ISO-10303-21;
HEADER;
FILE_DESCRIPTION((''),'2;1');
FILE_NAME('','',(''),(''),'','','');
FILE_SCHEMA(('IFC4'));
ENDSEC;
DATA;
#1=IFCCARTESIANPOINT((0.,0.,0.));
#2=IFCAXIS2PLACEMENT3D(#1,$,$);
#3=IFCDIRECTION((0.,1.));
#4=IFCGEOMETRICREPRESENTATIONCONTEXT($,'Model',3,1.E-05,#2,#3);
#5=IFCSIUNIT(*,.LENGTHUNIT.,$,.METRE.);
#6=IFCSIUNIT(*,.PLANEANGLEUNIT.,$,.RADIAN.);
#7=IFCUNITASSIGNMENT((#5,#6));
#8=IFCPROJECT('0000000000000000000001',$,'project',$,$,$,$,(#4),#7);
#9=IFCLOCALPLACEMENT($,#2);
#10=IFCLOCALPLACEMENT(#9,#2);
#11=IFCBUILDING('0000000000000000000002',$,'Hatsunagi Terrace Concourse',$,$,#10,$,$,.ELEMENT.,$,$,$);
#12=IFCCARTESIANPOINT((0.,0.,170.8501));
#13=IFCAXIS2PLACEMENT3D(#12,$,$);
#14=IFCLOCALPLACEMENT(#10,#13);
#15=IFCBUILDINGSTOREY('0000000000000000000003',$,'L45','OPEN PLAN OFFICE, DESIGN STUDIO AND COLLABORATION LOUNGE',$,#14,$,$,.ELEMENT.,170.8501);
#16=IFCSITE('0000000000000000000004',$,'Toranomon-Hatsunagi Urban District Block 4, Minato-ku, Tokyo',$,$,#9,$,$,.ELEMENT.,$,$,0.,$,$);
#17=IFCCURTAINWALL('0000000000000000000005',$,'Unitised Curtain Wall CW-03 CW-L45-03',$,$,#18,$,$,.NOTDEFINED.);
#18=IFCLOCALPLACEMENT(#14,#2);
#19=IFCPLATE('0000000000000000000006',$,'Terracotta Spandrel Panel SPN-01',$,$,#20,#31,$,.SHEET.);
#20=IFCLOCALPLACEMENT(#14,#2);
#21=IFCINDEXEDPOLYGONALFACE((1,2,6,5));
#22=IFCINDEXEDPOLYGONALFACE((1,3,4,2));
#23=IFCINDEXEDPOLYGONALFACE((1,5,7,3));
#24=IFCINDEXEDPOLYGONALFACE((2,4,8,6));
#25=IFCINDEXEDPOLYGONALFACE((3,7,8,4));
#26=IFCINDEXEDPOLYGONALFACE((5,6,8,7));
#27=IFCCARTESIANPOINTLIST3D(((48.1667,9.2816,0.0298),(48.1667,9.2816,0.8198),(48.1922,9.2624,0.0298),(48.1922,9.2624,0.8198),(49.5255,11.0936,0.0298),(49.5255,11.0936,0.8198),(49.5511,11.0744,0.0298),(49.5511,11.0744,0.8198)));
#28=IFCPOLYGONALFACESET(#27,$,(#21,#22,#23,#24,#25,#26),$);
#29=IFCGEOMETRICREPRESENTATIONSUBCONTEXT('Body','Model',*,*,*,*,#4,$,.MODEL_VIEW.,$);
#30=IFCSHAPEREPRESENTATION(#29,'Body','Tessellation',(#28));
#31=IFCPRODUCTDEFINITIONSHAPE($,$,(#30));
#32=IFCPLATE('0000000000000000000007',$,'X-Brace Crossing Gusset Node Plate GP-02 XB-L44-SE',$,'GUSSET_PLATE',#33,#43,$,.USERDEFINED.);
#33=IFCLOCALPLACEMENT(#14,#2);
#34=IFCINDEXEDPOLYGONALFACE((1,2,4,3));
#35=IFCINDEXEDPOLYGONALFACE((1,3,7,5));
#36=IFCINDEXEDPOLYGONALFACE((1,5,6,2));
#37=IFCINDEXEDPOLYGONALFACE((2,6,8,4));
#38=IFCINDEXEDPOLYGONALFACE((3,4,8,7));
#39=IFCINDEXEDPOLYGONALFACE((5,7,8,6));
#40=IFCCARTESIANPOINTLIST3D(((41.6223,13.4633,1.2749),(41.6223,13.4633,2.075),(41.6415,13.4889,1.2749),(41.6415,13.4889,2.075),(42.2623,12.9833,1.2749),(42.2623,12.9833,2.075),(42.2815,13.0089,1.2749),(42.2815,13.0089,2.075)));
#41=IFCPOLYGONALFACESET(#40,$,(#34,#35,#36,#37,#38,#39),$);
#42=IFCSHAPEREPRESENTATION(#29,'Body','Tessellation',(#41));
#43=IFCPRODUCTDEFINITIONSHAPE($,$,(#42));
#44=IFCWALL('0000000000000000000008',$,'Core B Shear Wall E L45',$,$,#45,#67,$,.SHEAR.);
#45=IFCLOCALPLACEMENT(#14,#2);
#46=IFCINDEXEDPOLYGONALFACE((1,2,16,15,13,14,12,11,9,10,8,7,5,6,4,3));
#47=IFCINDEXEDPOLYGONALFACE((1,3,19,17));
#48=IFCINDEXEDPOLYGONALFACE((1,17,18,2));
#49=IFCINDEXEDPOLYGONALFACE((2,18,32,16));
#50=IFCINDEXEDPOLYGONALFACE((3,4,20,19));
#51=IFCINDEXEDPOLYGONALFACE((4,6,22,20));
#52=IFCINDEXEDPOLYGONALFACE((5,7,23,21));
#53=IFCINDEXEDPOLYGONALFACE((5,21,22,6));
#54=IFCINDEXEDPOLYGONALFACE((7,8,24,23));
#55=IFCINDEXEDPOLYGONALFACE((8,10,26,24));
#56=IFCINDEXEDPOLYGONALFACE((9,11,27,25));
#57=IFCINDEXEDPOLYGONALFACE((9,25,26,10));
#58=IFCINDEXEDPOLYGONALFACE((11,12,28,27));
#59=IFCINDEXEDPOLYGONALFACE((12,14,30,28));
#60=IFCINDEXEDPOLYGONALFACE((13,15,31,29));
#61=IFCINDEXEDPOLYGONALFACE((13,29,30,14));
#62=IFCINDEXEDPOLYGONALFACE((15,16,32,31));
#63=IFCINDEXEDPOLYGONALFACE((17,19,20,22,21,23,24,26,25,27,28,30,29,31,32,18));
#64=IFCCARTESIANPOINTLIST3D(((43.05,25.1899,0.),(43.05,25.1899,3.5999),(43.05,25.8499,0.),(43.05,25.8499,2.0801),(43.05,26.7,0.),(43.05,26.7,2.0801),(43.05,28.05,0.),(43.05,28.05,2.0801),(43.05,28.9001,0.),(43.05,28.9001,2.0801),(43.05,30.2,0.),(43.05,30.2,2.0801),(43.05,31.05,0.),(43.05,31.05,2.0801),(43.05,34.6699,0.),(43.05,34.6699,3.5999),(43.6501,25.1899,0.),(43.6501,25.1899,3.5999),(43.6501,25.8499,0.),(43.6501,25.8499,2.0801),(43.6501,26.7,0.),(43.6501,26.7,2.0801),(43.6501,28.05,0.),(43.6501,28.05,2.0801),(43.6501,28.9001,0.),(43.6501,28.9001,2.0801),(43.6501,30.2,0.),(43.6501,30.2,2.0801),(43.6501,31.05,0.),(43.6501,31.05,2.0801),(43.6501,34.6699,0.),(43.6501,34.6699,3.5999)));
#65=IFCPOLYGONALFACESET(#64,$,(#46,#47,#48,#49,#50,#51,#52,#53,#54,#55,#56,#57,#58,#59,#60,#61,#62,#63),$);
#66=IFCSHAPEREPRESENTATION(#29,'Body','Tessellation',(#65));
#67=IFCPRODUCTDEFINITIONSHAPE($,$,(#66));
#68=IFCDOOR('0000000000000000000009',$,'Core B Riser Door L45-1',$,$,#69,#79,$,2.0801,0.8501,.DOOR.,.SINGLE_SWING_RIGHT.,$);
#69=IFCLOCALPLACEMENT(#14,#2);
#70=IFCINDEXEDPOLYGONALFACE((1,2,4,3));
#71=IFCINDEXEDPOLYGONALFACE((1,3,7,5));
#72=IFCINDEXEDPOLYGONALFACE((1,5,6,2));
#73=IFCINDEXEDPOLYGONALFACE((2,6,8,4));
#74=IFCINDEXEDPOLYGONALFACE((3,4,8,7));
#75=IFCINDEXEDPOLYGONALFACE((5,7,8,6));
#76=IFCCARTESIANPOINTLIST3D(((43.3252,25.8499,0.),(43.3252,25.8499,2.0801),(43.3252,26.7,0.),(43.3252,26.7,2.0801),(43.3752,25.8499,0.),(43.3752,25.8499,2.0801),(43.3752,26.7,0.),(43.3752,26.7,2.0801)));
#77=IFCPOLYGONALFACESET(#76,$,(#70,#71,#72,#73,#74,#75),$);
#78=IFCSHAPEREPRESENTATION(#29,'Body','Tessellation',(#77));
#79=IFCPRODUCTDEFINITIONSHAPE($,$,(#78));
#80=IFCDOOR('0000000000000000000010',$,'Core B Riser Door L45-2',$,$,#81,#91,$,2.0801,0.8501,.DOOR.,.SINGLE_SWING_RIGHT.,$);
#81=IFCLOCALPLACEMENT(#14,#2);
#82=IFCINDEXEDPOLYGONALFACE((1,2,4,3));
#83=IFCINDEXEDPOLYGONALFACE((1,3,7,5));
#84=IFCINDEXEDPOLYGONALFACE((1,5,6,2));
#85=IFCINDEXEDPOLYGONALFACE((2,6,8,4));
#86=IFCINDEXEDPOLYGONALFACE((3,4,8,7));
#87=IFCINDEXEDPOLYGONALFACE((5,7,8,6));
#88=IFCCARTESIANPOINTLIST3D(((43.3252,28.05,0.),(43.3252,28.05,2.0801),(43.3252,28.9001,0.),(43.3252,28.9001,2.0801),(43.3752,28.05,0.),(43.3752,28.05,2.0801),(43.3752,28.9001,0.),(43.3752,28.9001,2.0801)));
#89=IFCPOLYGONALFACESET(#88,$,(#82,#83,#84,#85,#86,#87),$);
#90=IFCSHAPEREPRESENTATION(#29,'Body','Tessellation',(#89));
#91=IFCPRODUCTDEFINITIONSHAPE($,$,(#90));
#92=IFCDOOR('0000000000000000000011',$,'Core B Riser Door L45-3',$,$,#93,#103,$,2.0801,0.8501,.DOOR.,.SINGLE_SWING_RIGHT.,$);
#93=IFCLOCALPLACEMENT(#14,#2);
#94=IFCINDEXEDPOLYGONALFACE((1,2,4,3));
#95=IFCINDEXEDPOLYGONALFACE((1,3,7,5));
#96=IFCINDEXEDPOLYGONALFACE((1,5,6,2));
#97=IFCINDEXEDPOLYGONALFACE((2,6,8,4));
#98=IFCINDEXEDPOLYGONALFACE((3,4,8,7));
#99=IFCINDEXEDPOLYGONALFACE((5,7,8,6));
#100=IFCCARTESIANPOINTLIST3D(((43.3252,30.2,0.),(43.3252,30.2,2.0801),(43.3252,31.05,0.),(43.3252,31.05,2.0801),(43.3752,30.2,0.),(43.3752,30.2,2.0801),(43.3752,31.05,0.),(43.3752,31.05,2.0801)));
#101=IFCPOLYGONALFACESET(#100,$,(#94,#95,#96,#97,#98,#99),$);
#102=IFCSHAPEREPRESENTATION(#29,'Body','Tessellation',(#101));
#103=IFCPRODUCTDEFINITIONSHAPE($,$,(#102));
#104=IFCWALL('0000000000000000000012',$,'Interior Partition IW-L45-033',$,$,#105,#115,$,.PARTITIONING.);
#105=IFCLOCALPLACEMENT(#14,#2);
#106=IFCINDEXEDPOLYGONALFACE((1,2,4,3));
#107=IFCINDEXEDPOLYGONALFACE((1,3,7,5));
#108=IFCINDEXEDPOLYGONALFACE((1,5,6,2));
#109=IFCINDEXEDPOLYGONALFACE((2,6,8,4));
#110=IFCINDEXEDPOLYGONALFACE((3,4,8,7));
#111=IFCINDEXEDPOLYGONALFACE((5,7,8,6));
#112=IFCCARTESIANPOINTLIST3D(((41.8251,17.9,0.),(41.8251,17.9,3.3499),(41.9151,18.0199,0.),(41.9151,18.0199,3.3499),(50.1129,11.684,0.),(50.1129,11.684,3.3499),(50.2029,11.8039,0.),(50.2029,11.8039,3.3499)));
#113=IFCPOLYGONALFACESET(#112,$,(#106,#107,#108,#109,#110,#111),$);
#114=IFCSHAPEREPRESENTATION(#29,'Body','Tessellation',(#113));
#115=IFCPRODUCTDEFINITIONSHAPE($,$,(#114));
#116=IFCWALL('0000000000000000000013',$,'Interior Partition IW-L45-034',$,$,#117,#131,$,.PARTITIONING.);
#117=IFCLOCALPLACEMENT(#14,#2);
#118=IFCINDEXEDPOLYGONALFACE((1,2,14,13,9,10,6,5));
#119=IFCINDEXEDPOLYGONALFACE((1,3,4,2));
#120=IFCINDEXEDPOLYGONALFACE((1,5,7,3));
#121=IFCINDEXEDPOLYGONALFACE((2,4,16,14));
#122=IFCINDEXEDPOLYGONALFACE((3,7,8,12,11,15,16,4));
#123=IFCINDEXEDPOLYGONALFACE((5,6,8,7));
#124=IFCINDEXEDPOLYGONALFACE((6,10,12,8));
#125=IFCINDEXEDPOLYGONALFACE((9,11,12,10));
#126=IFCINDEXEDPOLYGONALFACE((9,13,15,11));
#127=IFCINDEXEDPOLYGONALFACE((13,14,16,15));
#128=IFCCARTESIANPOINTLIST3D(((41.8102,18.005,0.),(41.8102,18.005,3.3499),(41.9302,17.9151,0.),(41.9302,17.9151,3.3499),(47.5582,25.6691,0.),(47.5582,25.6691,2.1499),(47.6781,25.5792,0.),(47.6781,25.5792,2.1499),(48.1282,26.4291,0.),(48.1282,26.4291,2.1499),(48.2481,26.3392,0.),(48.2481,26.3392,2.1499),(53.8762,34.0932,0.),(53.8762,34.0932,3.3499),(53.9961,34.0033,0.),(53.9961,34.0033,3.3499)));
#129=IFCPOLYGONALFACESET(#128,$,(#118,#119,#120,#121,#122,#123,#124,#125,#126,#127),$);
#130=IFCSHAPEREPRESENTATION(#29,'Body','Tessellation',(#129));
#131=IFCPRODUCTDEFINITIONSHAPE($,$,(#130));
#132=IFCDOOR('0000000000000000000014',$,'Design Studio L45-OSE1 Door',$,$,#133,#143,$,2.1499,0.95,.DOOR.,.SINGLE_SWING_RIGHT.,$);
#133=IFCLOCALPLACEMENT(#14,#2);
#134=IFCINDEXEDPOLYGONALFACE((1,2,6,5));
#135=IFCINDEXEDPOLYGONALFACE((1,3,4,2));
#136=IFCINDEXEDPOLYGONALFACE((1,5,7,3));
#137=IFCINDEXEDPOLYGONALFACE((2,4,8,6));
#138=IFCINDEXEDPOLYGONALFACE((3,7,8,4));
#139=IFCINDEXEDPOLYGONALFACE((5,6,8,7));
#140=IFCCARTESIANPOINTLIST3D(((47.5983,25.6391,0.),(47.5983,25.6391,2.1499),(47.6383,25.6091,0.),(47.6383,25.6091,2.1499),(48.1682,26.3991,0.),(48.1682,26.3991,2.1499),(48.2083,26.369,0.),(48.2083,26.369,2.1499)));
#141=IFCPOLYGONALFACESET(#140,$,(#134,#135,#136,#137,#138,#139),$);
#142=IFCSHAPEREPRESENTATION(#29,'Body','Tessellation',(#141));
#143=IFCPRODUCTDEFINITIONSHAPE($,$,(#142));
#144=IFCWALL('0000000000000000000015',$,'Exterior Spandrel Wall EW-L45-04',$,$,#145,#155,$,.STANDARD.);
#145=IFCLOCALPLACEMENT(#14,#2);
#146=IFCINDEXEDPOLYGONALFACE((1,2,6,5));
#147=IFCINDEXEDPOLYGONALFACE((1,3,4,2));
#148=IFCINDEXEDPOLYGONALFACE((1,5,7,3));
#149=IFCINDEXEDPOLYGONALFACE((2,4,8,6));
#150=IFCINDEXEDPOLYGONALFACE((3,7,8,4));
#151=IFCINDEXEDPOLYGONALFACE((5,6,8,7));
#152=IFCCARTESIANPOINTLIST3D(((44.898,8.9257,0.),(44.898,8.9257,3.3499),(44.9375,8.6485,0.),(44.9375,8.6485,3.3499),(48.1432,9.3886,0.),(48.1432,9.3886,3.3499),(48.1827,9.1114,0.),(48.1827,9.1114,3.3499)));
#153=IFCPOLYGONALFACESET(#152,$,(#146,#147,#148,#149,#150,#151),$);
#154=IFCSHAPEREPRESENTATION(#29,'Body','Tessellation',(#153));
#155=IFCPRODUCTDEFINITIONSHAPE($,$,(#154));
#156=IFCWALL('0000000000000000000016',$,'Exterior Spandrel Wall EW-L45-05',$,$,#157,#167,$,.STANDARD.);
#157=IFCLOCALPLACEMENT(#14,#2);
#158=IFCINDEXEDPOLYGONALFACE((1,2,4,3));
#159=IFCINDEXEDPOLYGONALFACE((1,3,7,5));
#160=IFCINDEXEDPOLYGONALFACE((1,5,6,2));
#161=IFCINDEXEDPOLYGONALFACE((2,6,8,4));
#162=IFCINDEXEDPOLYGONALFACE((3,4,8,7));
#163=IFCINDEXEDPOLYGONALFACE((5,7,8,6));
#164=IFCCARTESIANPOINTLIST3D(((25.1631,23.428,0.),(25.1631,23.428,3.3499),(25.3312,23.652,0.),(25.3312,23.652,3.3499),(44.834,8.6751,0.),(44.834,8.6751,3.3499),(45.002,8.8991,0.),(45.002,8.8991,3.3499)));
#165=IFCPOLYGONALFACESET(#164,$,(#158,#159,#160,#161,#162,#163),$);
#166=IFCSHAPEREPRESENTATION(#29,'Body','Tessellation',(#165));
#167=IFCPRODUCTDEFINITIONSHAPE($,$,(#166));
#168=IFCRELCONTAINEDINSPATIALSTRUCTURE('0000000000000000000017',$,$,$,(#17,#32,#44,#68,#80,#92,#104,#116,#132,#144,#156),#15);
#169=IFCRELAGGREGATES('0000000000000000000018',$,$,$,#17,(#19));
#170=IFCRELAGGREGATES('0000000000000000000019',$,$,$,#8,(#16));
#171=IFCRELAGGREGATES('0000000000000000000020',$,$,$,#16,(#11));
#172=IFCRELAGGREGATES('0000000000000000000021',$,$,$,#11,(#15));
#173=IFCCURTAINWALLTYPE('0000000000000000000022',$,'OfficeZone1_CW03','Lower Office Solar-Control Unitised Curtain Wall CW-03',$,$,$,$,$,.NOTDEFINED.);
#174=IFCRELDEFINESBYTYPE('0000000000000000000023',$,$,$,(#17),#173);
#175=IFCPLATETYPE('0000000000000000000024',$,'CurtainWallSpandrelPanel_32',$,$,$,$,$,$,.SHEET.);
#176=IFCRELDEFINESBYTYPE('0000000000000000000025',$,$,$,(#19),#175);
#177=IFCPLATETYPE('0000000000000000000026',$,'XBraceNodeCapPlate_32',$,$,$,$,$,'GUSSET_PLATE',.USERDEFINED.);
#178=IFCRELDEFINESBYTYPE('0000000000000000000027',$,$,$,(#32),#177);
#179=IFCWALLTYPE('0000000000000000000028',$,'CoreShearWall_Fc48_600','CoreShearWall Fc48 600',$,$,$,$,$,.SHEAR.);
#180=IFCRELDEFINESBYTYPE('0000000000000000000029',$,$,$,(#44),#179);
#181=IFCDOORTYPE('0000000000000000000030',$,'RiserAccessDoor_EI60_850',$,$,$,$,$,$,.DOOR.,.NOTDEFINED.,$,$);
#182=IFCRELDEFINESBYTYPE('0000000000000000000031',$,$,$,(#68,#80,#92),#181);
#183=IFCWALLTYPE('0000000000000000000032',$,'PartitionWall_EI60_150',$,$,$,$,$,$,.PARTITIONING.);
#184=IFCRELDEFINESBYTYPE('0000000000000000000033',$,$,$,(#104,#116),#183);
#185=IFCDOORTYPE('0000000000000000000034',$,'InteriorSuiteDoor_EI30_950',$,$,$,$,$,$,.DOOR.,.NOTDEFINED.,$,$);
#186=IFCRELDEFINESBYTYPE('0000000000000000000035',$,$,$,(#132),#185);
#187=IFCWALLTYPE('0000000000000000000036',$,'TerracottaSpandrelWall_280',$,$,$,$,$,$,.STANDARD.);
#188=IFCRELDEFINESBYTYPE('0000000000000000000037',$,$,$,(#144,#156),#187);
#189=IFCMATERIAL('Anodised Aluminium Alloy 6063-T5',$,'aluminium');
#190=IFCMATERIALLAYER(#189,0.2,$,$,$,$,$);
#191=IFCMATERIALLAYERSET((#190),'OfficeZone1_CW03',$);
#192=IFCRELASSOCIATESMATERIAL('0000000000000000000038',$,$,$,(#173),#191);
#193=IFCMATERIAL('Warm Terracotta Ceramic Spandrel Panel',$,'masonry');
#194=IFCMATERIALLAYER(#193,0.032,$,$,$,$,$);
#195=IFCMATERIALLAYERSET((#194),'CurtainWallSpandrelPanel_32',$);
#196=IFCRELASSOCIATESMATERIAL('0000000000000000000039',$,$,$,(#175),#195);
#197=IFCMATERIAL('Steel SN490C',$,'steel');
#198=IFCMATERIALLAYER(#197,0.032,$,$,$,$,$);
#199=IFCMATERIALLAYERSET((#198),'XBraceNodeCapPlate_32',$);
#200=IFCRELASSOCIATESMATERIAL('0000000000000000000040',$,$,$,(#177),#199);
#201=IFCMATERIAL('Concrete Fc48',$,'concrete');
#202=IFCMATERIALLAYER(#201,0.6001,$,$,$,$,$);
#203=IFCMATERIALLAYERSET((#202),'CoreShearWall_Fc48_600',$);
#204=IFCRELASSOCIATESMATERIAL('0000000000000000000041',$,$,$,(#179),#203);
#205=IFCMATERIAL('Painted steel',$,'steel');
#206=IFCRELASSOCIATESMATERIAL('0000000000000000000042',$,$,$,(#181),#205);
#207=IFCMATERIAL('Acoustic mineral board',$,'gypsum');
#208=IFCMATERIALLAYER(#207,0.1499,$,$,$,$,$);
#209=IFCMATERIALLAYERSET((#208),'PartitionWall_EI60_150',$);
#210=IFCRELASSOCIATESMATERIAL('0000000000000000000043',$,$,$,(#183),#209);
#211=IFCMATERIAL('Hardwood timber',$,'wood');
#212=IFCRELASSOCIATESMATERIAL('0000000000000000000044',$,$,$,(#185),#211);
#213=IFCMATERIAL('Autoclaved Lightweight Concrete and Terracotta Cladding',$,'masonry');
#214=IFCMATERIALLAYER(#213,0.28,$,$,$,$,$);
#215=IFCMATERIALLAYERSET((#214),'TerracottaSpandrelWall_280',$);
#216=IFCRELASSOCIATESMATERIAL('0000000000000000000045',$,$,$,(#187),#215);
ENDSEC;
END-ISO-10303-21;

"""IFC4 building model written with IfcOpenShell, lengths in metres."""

from ifc_helpers import new_model, si_unit, direction, frame, frame_2d, origin, origin_2d, place, context, subcontext, project, spatial, rectangle, extrude, material, layer, layer_set, type_object, element, fill, aggregate, save


model = new_model("IFC4")

# Units and contexts
model_context = context("Model", 3, precision=1e-05, world=origin(), true_north=direction((0.0, 1.0)))
body_context = subcontext(model_context, "Body", "Model", "MODEL_VIEW")
ifc_project = project(units=[si_unit("LENGTHUNIT", "METRE"), si_unit("PLANEANGLEUNIT", "RADIAN")], contexts=[model_context])

# Site, building, storey
site_placement = place(None, origin())
site = spatial("IfcSite", under=ifc_project, at=site_placement, Name="Toranomon-Hatsunagi Urban District Block 4, Minato-ku, Tokyo", CompositionType="ELEMENT", RefElevation=0.0)
building_placement = place(site_placement, origin())
building = spatial("IfcBuilding", under=site, at=building_placement, Name="Hatsunagi Terrace Concourse", CompositionType="ELEMENT")
storey_placement = place(building_placement, frame((0.0, 0.0, 170.8501)))
storey = spatial("IfcBuildingStorey", under=building, at=storey_placement, Name="L45", Description="OPEN PLAN OFFICE, DESIGN STUDIO AND COLLABORATION LOUNGE", CompositionType="ELEMENT", Elevation=170.8501)

# Curtain wall
ifc_material_1 = material(Name="Anodised Aluminium Alloy 6063-T5", Category="aluminium")
ifc_layer_1 = layer(ifc_material_1, 0.2)
ifc_layer_set_1 = layer_set([ifc_layer_1], Name="OfficeZone1_CW03")
curtain_wall_type = type_object("IfcCurtainWallType", Name="OfficeZone1_CW03", Description="Lower Office Solar-Control Unitised Curtain Wall CW-03", PredefinedType="NOTDEFINED", material=ifc_layer_set_1)
curtain_wall_placement = place(storey_placement, origin())
curtain_wall = element("IfcCurtainWall", 1, at=curtain_wall_placement, inside=storey, type_object=curtain_wall_type, Name="Unitised Curtain Wall CW-03 CW-L45-03", PredefinedType="NOTDEFINED")

# Plates
ifc_material_2 = material(Name="Warm Terracotta Ceramic Spandrel Panel", Category="masonry")
ifc_layer_2 = layer(ifc_material_2, 0.032)
ifc_layer_set_2 = layer_set([ifc_layer_2], Name="CurtainWallSpandrelPanel_32")
plate_type_1 = type_object("IfcPlateType", Name="CurtainWallSpandrelPanel_32", PredefinedType="SHEET", material=ifc_layer_set_2)
plate_1_placement = place(storey_placement, frame((48.8589, 10.178, 0.0298), z_axis=(0.0, 0.0, 1.0), x_axis=(-0.599969, -0.800023, 0.0)))
plate_1 = element("IfcPlate", 2, at=plate_1_placement, type_object=plate_type_1, Name="Terracotta Spandrel Panel SPN-01", PredefinedType="SHEET", context=body_context, shape_type="SweptSolid", body=[
    extrude(rectangle(XDim=2.2649, YDim=0.032, at=origin_2d()), origin(), (0.0, 0.0, 1.0), 0.79),
])
aggregate(curtain_wall, [plate_1])
ifc_material_3 = material(Name="Steel SN490C", Category="steel")
ifc_layer_3 = layer(ifc_material_3, 0.032)
ifc_layer_set_3 = layer_set([ifc_layer_3], Name="XBraceNodeCapPlate_32")
plate_type_2 = type_object("IfcPlateType", Name="XBraceNodeCapPlate_32", ElementType="GUSSET_PLATE", PredefinedType="USERDEFINED", material=ifc_layer_set_3)
plate_2_placement = place(storey_placement, frame((41.9519, 13.2361, 1.2749), z_axis=(0.0, 0.0, 1.0), x_axis=(0.8, -0.6, 0.0)))
element("IfcPlate", 3, at=plate_2_placement, inside=storey, type_object=plate_type_2, Name="X-Brace Crossing Gusset Node Plate GP-02 XB-L44-SE", ObjectType="GUSSET_PLATE", PredefinedType="USERDEFINED", context=body_context, shape_type="SweptSolid", body=[
    extrude(rectangle(XDim=0.8, YDim=0.032, at=origin_2d()), origin(), (0.0, 0.0, 1.0), 0.8),
])

# Wall, openings, doors
ifc_material_4 = material(Name="Concrete Fc48", Category="concrete")
ifc_layer_4 = layer(ifc_material_4, 0.6001)
ifc_layer_set_4 = layer_set([ifc_layer_4], Name="CoreShearWall_Fc48_600")
wall_type_1 = type_object("IfcWallType", Name="CoreShearWall_Fc48_600", Description="CoreShearWall Fc48 600", PredefinedType="SHEAR", material=ifc_layer_set_4)
wall_1_placement = place(storey_placement, frame((43.3501, 25.1899, 0.0), z_axis=(0.0, 0.0, 1.0), x_axis=(0.0, 1.0, 0.0)))
wall_1 = element("IfcWall", 4, at=wall_1_placement, inside=storey, type_object=wall_type_1, Name="Core B Shear Wall E L45", PredefinedType="SHEAR", context=body_context, shape_type="SweptSolid", body=[
    extrude(rectangle(XDim=9.48, YDim=0.6001, at=frame_2d((4.74, 0.0))), origin(), (0.0, 0.0, 1.0), 3.5999),
])
opening_1_placement = place(wall_1_placement, frame((0.6599, 0.0, 0.0)))
opening_1 = element("IfcOpeningElement", 5, at=opening_1_placement, cuts=wall_1, PredefinedType="OPENING", context=body_context, shape_type="SweptSolid", body=[
    extrude(rectangle(XDim=0.8501, YDim=2.0801, at=frame_2d((0.425, 1.04))), frame((0.0, 0.3101, 0.0), z_axis=(0.0, -1.0, 0.0), x_axis=(1.0, 0.0, 0.0)), (0.0, 0.0, 1.0), 0.6201),
])
opening_2_placement = place(wall_1_placement, frame((2.8601, 0.0, 0.0)))
opening_2 = element("IfcOpeningElement", 6, at=opening_2_placement, cuts=wall_1, PredefinedType="OPENING", context=body_context, shape_type="SweptSolid", body=[
    extrude(rectangle(XDim=0.8501, YDim=2.0801, at=frame_2d((0.425, 1.04))), frame((0.0, 0.3101, 0.0), z_axis=(0.0, -1.0, 0.0), x_axis=(1.0, 0.0, 0.0)), (0.0, 0.0, 1.0), 0.6201),
])
opening_3_placement = place(wall_1_placement, frame((5.01, 0.0, 0.0)))
opening_3 = element("IfcOpeningElement", 7, at=opening_3_placement, cuts=wall_1, PredefinedType="OPENING", context=body_context, shape_type="SweptSolid", body=[
    extrude(rectangle(XDim=0.8501, YDim=2.0801, at=frame_2d((0.425, 1.04))), frame((0.0, 0.3101, 0.0), z_axis=(0.0, -1.0, 0.0), x_axis=(1.0, 0.0, 0.0)), (0.0, 0.0, 1.0), 0.6201),
])
ifc_material_5 = material(Name="Painted steel", Category="steel")
door_type_1 = type_object("IfcDoorType", Name="RiserAccessDoor_EI60_850", OperationType="NOTDEFINED", PredefinedType="DOOR", material=ifc_material_5)
door_1_placement = place(opening_1_placement, origin())
door_1 = element("IfcDoor", 8, at=door_1_placement, inside=storey, type_object=door_type_1, Name="Core B Riser Door L45-1", OperationType="SINGLE_SWING_RIGHT", OverallHeight=2.0801, OverallWidth=0.8501, PredefinedType="DOOR", context=body_context, shape_type="SweptSolid", body=[
    extrude(rectangle(XDim=0.8501, YDim=2.0801, at=frame_2d((0.425, 1.04))), frame((0.0, 0.0249, 0.0), z_axis=(0.0, -1.0, 0.0), x_axis=(1.0, 0.0, 0.0)), (0.0, 0.0, 1.0), 0.05),
])
fill(opening_1, door_1)
door_2_placement = place(opening_2_placement, origin())
door_2 = element("IfcDoor", 9, at=door_2_placement, inside=storey, type_object=door_type_1, Name="Core B Riser Door L45-2", OperationType="SINGLE_SWING_RIGHT", OverallHeight=2.0801, OverallWidth=0.8501, PredefinedType="DOOR", context=body_context, shape_type="SweptSolid", body=[
    extrude(rectangle(XDim=0.8501, YDim=2.0801, at=frame_2d((0.425, 1.04))), frame((0.0, 0.0249, 0.0), z_axis=(0.0, -1.0, 0.0), x_axis=(1.0, 0.0, 0.0)), (0.0, 0.0, 1.0), 0.05),
])
fill(opening_2, door_2)
door_3_placement = place(opening_3_placement, origin())
door_3 = element("IfcDoor", 10, at=door_3_placement, inside=storey, type_object=door_type_1, Name="Core B Riser Door L45-3", OperationType="SINGLE_SWING_RIGHT", OverallHeight=2.0801, OverallWidth=0.8501, PredefinedType="DOOR", context=body_context, shape_type="SweptSolid", body=[
    extrude(rectangle(XDim=0.8501, YDim=2.0801, at=frame_2d((0.425, 1.04))), frame((0.0, 0.0249, 0.0), z_axis=(0.0, -1.0, 0.0), x_axis=(1.0, 0.0, 0.0)), (0.0, 0.0, 1.0), 0.05),
])
fill(opening_3, door_3)

# Wall
ifc_material_6 = material(Name="Acoustic mineral board", Category="gypsum")
ifc_layer_5 = layer(ifc_material_6, 0.1499)
ifc_layer_set_5 = layer_set([ifc_layer_5], Name="PartitionWall_EI60_150")
wall_type_2 = type_object("IfcWallType", Name="PartitionWall_EI60_150", PredefinedType="PARTITIONING", material=ifc_layer_set_5)
wall_2_placement = place(storey_placement, frame((41.8701, 17.96, 0.0), z_axis=(0.0, 0.0, 1.0), x_axis=(0.799992, -0.600011, 0.0)))
element("IfcWall", 11, at=wall_2_placement, inside=storey, type_object=wall_type_2, Name="Interior Partition IW-L45-033", PredefinedType="PARTITIONING", context=body_context, shape_type="SweptSolid", body=[
    extrude(rectangle(XDim=10.3599, YDim=0.1499, at=frame_2d((5.1799, 0.0))), origin(), (0.0, 0.0, 1.0), 3.3499),
])

# Wall, opening, door
wall_3_placement = place(storey_placement, frame((41.8701, 17.96, 0.0), z_axis=(0.0, 0.0, 1.0), x_axis=(0.599994, 0.800004, 0.0)))
wall_3 = element("IfcWall", 12, at=wall_3_placement, inside=storey, type_object=wall_type_2, Name="Interior Partition IW-L45-034", PredefinedType="PARTITIONING", context=body_context, shape_type="SweptSolid", body=[
    extrude(rectangle(XDim=20.1101, YDim=0.1499, at=frame_2d((10.0552, 0.0))), origin(), (0.0, 0.0, 1.0), 3.3499),
])
opening_4_placement = place(wall_3_placement, frame((9.5801, 0.0, 0.0)))
opening_4 = element("IfcOpeningElement", 13, at=opening_4_placement, cuts=wall_3, PredefinedType="OPENING", context=body_context, shape_type="SweptSolid", body=[
    extrude(rectangle(XDim=0.95, YDim=2.1499, at=frame_2d((0.4751, 1.075))), frame((0.0, 0.085, 0.0), z_axis=(0.0, -1.0, 0.0), x_axis=(1.0, 0.0, 0.0)), (0.0, 0.0, 1.0), 0.1699),
])
ifc_material_7 = material(Name="Hardwood timber", Category="wood")
door_type_2 = type_object("IfcDoorType", Name="InteriorSuiteDoor_EI30_950", OperationType="NOTDEFINED", PredefinedType="DOOR", material=ifc_material_7)
door_4_placement = place(opening_4_placement, origin())
door_4 = element("IfcDoor", 14, at=door_4_placement, inside=storey, type_object=door_type_2, Name="Design Studio L45-OSE1 Door", OperationType="SINGLE_SWING_RIGHT", OverallHeight=2.1499, OverallWidth=0.95, PredefinedType="DOOR", context=body_context, shape_type="SweptSolid", body=[
    extrude(rectangle(XDim=0.95, YDim=2.1499, at=frame_2d((0.4751, 1.075))), frame((0.0, 0.0249, 0.0), z_axis=(0.0, -1.0, 0.0), x_axis=(1.0, 0.0, 0.0)), (0.0, 0.0, 1.0), 0.05),
])
fill(opening_4, door_4)

# Walls
ifc_material_8 = material(Name="Autoclaved Lightweight Concrete and Terracotta Cladding", Category="masonry")
ifc_layer_6 = layer(ifc_material_8, 0.28)
ifc_layer_set_6 = layer_set([ifc_layer_6], Name="TerracottaSpandrelWall_280")
wall_type_3 = type_object("IfcWallType", Name="TerracottaSpandrelWall_280", PredefinedType="STANDARD", material=ifc_layer_set_6)
wall_4_placement = place(storey_placement, frame((48.1631, 9.25, 0.0), z_axis=(0.0, 0.0, 1.0), x_axis=(-0.989979, -0.141213, 0.0)))
element("IfcWall", 15, at=wall_4_placement, inside=storey, type_object=wall_type_3, Name="Exterior Spandrel Wall EW-L45-04", PredefinedType="STANDARD", context=body_context, shape_type="SweptSolid", body=[
    extrude(rectangle(XDim=3.2781, YDim=0.28, at=frame_2d((1.6392, 0.0))), origin(), (0.0, 0.0, 1.0), 3.3499),
])
wall_5_placement = place(storey_placement, frame((44.918, 8.7871, 0.0), z_axis=(0.0, 0.0, 1.0), x_axis=(-0.800005, 0.599994, 0.0)))
element("IfcWall", 16, at=wall_5_placement, inside=storey, type_object=wall_type_3, Name="Exterior Spandrel Wall EW-L45-05", PredefinedType="STANDARD", context=body_context, shape_type="SweptSolid", body=[
    extrude(rectangle(XDim=24.5884, YDim=0.28, at=frame_2d((12.2942, 0.0))), origin(), (0.0, 0.0, 1.0), 3.3499),
])

save(model, "model.ifc")
